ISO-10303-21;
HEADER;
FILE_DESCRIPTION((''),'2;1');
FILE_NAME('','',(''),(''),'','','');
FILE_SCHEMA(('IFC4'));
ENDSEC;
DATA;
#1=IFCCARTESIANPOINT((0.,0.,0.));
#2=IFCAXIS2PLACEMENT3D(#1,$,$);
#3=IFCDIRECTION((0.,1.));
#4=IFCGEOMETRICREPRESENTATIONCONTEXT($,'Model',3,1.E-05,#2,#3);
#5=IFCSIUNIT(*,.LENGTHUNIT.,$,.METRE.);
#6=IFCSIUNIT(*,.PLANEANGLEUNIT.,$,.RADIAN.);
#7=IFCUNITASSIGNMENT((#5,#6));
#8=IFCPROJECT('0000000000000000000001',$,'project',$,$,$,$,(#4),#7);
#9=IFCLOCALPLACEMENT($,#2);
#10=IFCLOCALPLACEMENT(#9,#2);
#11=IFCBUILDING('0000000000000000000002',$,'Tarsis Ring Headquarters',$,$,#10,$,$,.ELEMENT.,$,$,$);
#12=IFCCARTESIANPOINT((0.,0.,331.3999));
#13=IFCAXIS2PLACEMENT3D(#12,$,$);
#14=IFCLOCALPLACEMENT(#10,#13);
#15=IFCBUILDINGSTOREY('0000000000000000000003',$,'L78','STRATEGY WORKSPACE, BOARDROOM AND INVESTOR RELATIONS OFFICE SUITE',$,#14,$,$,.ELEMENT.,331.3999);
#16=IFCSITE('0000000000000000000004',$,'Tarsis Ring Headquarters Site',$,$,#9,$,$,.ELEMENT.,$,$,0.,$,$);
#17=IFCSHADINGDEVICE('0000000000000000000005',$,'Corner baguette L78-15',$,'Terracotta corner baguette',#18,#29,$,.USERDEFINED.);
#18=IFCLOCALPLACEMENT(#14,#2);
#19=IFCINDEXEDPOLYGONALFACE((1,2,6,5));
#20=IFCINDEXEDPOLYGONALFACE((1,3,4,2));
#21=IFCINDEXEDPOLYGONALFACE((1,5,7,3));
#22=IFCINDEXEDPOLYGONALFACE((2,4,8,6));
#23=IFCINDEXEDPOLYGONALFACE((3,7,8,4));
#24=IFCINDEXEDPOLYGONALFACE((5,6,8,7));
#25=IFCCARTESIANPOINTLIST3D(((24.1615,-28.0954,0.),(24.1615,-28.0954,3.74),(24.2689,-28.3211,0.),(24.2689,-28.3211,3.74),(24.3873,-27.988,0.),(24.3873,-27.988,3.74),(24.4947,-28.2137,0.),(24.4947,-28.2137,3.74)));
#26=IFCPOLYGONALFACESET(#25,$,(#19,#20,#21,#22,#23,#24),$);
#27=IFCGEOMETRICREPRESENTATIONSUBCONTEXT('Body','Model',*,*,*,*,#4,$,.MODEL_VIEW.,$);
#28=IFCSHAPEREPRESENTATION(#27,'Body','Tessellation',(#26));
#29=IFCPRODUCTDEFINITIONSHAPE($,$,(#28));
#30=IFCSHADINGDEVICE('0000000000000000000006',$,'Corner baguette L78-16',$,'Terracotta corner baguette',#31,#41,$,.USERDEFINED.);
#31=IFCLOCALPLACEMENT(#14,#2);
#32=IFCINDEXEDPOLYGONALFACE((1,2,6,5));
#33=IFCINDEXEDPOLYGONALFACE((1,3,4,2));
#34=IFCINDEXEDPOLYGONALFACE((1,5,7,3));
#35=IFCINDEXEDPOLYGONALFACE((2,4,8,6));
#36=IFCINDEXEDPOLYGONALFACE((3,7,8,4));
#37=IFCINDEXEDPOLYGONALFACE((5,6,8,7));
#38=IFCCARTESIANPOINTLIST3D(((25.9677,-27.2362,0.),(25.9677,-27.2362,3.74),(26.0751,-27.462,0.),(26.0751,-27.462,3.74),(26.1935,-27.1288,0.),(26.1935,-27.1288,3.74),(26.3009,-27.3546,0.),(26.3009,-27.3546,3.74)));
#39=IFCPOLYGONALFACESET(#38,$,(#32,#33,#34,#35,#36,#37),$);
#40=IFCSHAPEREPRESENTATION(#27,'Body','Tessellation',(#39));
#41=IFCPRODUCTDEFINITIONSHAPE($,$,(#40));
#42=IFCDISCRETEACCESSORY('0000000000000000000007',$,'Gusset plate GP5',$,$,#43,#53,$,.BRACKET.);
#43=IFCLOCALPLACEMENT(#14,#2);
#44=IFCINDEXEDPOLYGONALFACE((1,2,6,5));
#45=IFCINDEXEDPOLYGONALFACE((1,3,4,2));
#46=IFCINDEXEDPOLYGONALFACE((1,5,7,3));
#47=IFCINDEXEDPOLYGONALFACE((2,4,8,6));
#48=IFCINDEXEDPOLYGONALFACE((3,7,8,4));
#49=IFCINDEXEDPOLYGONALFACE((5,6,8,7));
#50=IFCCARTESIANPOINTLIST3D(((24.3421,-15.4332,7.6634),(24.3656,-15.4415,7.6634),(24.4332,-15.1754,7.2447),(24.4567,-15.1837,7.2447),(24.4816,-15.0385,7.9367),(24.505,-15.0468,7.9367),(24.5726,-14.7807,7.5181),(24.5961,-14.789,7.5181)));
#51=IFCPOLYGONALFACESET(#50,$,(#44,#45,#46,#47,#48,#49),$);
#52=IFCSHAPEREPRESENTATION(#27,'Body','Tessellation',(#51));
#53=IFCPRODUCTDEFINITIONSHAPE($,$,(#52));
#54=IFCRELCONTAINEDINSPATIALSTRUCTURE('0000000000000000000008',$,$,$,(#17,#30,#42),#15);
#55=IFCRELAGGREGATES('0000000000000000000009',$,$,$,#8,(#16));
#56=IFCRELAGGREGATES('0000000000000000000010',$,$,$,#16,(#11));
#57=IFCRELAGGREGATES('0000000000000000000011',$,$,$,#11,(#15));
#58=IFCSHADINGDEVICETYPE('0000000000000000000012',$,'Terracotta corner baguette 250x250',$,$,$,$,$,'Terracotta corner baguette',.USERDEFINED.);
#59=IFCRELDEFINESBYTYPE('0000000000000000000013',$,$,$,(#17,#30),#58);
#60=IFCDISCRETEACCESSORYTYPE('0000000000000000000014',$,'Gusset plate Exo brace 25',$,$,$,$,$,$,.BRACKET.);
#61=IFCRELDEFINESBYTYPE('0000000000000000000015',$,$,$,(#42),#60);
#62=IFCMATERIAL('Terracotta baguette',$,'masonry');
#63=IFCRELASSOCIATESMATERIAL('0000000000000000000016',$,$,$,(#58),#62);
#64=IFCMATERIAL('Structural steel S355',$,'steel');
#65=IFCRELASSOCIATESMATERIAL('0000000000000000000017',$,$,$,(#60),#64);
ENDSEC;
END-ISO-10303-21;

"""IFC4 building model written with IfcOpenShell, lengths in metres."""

from ifc_helpers import new_model, si_unit, direction, frame, origin, origin_2d, place, context, subcontext, project, spatial, rectangle, extrude, material, material_profile, profile_set, type_object, element, save


model = new_model("IFC4")

# Units and contexts
model_context = context("Model", 3, precision=1e-05, world=origin(), true_north=direction((0.0, 1.0)))
body_context = subcontext(model_context, "Body", "Model", "MODEL_VIEW")
ifc_project = project(units=[si_unit("LENGTHUNIT", "METRE"), si_unit("PLANEANGLEUNIT", "RADIAN")], contexts=[model_context])

# Site, building, storey
site_placement = place(None, origin())
site = spatial("IfcSite", under=ifc_project, at=site_placement, Name="Tarsis Ring Headquarters Site", CompositionType="ELEMENT", RefElevation=0.0)
building_placement = place(site_placement, origin())
building = spatial("IfcBuilding", under=site, at=building_placement, Name="Tarsis Ring Headquarters", CompositionType="ELEMENT")
storey_placement = place(building_placement, frame((0.0, 0.0, 331.3999)))
storey = spatial("IfcBuildingStorey", under=building, at=storey_placement, Name="L78", Description="STRATEGY WORKSPACE, BOARDROOM AND INVESTOR RELATIONS OFFICE SUITE", CompositionType="ELEMENT", Elevation=331.3999)

# Shared definitions
ifc_material_1 = material(Name="Structural steel S355", Category="steel")

# Shading devices
ifc_material_2 = material(Name="Terracotta baguette", Category="masonry")
shading_device_type_1 = type_object("IfcShadingDeviceType", Name="Terracotta corner baguette 250x250", ElementType="Terracotta corner baguette", PredefinedType="USERDEFINED", material=ifc_material_2)
for number, where, z_axis, x_axis, name in (
    (1, (24.3281, -28.1545, 0.0), (0.0, 0.0, 1.0), (-0.429566, 0.903036, 0.0), "Corner baguette L78-15"),
    (2, (26.1343, -27.2954, 0.0), (0.0, 0.0, 1.0), (0.903036, 0.429566, 0.0), "Corner baguette L78-16"),
):
    element("IfcShadingDevice", number, at=place(storey_placement, frame(where, z_axis=z_axis, x_axis=x_axis)), inside=storey, type_object=shading_device_type_1, Name=name, ObjectType="Terracotta corner baguette", PredefinedType="USERDEFINED", context=body_context, shape_type="SweptSolid", body=[
        extrude(rectangle(XDim=0.25, YDim=0.25, at=origin_2d()), origin(), (0.0, 0.0, 1.0), 3.74),
    ])

# Discrete accessory
ifc_material_profile_1 = material_profile(ifc_material_1, rectangle(XDim=0.0249, YDim=0.5, at=origin_2d()), Name="PL 25x500")
ifc_profile_set_1 = profile_set([ifc_material_profile_1], Name="Structural steel S355")
discrete_accessory_type = type_object("IfcDiscreteAccessoryType", Name="Gusset plate Exo brace 25", PredefinedType="BRACKET", material=ifc_profile_set_1)
discrete_accessory_placement = place(storey_placement, frame((24.4236, -15.24, 7.8), z_axis=(0.182103, 0.515552, -0.837284), x_axis=(-0.942908, 0.333054, 0.0)))
element("IfcDiscreteAccessory", 3, at=discrete_accessory_placement, inside=storey, type_object=discrete_accessory_type, Name="Gusset plate GP5", PredefinedType="BRACKET", context=body_context, shape_type="SweptSolid", body=[
    extrude(rectangle(XDim=0.0249, YDim=0.5, at=origin_2d()), origin(), (0.0, 0.0, 1.0), 0.5),
])

save(model, "model.ifc")
